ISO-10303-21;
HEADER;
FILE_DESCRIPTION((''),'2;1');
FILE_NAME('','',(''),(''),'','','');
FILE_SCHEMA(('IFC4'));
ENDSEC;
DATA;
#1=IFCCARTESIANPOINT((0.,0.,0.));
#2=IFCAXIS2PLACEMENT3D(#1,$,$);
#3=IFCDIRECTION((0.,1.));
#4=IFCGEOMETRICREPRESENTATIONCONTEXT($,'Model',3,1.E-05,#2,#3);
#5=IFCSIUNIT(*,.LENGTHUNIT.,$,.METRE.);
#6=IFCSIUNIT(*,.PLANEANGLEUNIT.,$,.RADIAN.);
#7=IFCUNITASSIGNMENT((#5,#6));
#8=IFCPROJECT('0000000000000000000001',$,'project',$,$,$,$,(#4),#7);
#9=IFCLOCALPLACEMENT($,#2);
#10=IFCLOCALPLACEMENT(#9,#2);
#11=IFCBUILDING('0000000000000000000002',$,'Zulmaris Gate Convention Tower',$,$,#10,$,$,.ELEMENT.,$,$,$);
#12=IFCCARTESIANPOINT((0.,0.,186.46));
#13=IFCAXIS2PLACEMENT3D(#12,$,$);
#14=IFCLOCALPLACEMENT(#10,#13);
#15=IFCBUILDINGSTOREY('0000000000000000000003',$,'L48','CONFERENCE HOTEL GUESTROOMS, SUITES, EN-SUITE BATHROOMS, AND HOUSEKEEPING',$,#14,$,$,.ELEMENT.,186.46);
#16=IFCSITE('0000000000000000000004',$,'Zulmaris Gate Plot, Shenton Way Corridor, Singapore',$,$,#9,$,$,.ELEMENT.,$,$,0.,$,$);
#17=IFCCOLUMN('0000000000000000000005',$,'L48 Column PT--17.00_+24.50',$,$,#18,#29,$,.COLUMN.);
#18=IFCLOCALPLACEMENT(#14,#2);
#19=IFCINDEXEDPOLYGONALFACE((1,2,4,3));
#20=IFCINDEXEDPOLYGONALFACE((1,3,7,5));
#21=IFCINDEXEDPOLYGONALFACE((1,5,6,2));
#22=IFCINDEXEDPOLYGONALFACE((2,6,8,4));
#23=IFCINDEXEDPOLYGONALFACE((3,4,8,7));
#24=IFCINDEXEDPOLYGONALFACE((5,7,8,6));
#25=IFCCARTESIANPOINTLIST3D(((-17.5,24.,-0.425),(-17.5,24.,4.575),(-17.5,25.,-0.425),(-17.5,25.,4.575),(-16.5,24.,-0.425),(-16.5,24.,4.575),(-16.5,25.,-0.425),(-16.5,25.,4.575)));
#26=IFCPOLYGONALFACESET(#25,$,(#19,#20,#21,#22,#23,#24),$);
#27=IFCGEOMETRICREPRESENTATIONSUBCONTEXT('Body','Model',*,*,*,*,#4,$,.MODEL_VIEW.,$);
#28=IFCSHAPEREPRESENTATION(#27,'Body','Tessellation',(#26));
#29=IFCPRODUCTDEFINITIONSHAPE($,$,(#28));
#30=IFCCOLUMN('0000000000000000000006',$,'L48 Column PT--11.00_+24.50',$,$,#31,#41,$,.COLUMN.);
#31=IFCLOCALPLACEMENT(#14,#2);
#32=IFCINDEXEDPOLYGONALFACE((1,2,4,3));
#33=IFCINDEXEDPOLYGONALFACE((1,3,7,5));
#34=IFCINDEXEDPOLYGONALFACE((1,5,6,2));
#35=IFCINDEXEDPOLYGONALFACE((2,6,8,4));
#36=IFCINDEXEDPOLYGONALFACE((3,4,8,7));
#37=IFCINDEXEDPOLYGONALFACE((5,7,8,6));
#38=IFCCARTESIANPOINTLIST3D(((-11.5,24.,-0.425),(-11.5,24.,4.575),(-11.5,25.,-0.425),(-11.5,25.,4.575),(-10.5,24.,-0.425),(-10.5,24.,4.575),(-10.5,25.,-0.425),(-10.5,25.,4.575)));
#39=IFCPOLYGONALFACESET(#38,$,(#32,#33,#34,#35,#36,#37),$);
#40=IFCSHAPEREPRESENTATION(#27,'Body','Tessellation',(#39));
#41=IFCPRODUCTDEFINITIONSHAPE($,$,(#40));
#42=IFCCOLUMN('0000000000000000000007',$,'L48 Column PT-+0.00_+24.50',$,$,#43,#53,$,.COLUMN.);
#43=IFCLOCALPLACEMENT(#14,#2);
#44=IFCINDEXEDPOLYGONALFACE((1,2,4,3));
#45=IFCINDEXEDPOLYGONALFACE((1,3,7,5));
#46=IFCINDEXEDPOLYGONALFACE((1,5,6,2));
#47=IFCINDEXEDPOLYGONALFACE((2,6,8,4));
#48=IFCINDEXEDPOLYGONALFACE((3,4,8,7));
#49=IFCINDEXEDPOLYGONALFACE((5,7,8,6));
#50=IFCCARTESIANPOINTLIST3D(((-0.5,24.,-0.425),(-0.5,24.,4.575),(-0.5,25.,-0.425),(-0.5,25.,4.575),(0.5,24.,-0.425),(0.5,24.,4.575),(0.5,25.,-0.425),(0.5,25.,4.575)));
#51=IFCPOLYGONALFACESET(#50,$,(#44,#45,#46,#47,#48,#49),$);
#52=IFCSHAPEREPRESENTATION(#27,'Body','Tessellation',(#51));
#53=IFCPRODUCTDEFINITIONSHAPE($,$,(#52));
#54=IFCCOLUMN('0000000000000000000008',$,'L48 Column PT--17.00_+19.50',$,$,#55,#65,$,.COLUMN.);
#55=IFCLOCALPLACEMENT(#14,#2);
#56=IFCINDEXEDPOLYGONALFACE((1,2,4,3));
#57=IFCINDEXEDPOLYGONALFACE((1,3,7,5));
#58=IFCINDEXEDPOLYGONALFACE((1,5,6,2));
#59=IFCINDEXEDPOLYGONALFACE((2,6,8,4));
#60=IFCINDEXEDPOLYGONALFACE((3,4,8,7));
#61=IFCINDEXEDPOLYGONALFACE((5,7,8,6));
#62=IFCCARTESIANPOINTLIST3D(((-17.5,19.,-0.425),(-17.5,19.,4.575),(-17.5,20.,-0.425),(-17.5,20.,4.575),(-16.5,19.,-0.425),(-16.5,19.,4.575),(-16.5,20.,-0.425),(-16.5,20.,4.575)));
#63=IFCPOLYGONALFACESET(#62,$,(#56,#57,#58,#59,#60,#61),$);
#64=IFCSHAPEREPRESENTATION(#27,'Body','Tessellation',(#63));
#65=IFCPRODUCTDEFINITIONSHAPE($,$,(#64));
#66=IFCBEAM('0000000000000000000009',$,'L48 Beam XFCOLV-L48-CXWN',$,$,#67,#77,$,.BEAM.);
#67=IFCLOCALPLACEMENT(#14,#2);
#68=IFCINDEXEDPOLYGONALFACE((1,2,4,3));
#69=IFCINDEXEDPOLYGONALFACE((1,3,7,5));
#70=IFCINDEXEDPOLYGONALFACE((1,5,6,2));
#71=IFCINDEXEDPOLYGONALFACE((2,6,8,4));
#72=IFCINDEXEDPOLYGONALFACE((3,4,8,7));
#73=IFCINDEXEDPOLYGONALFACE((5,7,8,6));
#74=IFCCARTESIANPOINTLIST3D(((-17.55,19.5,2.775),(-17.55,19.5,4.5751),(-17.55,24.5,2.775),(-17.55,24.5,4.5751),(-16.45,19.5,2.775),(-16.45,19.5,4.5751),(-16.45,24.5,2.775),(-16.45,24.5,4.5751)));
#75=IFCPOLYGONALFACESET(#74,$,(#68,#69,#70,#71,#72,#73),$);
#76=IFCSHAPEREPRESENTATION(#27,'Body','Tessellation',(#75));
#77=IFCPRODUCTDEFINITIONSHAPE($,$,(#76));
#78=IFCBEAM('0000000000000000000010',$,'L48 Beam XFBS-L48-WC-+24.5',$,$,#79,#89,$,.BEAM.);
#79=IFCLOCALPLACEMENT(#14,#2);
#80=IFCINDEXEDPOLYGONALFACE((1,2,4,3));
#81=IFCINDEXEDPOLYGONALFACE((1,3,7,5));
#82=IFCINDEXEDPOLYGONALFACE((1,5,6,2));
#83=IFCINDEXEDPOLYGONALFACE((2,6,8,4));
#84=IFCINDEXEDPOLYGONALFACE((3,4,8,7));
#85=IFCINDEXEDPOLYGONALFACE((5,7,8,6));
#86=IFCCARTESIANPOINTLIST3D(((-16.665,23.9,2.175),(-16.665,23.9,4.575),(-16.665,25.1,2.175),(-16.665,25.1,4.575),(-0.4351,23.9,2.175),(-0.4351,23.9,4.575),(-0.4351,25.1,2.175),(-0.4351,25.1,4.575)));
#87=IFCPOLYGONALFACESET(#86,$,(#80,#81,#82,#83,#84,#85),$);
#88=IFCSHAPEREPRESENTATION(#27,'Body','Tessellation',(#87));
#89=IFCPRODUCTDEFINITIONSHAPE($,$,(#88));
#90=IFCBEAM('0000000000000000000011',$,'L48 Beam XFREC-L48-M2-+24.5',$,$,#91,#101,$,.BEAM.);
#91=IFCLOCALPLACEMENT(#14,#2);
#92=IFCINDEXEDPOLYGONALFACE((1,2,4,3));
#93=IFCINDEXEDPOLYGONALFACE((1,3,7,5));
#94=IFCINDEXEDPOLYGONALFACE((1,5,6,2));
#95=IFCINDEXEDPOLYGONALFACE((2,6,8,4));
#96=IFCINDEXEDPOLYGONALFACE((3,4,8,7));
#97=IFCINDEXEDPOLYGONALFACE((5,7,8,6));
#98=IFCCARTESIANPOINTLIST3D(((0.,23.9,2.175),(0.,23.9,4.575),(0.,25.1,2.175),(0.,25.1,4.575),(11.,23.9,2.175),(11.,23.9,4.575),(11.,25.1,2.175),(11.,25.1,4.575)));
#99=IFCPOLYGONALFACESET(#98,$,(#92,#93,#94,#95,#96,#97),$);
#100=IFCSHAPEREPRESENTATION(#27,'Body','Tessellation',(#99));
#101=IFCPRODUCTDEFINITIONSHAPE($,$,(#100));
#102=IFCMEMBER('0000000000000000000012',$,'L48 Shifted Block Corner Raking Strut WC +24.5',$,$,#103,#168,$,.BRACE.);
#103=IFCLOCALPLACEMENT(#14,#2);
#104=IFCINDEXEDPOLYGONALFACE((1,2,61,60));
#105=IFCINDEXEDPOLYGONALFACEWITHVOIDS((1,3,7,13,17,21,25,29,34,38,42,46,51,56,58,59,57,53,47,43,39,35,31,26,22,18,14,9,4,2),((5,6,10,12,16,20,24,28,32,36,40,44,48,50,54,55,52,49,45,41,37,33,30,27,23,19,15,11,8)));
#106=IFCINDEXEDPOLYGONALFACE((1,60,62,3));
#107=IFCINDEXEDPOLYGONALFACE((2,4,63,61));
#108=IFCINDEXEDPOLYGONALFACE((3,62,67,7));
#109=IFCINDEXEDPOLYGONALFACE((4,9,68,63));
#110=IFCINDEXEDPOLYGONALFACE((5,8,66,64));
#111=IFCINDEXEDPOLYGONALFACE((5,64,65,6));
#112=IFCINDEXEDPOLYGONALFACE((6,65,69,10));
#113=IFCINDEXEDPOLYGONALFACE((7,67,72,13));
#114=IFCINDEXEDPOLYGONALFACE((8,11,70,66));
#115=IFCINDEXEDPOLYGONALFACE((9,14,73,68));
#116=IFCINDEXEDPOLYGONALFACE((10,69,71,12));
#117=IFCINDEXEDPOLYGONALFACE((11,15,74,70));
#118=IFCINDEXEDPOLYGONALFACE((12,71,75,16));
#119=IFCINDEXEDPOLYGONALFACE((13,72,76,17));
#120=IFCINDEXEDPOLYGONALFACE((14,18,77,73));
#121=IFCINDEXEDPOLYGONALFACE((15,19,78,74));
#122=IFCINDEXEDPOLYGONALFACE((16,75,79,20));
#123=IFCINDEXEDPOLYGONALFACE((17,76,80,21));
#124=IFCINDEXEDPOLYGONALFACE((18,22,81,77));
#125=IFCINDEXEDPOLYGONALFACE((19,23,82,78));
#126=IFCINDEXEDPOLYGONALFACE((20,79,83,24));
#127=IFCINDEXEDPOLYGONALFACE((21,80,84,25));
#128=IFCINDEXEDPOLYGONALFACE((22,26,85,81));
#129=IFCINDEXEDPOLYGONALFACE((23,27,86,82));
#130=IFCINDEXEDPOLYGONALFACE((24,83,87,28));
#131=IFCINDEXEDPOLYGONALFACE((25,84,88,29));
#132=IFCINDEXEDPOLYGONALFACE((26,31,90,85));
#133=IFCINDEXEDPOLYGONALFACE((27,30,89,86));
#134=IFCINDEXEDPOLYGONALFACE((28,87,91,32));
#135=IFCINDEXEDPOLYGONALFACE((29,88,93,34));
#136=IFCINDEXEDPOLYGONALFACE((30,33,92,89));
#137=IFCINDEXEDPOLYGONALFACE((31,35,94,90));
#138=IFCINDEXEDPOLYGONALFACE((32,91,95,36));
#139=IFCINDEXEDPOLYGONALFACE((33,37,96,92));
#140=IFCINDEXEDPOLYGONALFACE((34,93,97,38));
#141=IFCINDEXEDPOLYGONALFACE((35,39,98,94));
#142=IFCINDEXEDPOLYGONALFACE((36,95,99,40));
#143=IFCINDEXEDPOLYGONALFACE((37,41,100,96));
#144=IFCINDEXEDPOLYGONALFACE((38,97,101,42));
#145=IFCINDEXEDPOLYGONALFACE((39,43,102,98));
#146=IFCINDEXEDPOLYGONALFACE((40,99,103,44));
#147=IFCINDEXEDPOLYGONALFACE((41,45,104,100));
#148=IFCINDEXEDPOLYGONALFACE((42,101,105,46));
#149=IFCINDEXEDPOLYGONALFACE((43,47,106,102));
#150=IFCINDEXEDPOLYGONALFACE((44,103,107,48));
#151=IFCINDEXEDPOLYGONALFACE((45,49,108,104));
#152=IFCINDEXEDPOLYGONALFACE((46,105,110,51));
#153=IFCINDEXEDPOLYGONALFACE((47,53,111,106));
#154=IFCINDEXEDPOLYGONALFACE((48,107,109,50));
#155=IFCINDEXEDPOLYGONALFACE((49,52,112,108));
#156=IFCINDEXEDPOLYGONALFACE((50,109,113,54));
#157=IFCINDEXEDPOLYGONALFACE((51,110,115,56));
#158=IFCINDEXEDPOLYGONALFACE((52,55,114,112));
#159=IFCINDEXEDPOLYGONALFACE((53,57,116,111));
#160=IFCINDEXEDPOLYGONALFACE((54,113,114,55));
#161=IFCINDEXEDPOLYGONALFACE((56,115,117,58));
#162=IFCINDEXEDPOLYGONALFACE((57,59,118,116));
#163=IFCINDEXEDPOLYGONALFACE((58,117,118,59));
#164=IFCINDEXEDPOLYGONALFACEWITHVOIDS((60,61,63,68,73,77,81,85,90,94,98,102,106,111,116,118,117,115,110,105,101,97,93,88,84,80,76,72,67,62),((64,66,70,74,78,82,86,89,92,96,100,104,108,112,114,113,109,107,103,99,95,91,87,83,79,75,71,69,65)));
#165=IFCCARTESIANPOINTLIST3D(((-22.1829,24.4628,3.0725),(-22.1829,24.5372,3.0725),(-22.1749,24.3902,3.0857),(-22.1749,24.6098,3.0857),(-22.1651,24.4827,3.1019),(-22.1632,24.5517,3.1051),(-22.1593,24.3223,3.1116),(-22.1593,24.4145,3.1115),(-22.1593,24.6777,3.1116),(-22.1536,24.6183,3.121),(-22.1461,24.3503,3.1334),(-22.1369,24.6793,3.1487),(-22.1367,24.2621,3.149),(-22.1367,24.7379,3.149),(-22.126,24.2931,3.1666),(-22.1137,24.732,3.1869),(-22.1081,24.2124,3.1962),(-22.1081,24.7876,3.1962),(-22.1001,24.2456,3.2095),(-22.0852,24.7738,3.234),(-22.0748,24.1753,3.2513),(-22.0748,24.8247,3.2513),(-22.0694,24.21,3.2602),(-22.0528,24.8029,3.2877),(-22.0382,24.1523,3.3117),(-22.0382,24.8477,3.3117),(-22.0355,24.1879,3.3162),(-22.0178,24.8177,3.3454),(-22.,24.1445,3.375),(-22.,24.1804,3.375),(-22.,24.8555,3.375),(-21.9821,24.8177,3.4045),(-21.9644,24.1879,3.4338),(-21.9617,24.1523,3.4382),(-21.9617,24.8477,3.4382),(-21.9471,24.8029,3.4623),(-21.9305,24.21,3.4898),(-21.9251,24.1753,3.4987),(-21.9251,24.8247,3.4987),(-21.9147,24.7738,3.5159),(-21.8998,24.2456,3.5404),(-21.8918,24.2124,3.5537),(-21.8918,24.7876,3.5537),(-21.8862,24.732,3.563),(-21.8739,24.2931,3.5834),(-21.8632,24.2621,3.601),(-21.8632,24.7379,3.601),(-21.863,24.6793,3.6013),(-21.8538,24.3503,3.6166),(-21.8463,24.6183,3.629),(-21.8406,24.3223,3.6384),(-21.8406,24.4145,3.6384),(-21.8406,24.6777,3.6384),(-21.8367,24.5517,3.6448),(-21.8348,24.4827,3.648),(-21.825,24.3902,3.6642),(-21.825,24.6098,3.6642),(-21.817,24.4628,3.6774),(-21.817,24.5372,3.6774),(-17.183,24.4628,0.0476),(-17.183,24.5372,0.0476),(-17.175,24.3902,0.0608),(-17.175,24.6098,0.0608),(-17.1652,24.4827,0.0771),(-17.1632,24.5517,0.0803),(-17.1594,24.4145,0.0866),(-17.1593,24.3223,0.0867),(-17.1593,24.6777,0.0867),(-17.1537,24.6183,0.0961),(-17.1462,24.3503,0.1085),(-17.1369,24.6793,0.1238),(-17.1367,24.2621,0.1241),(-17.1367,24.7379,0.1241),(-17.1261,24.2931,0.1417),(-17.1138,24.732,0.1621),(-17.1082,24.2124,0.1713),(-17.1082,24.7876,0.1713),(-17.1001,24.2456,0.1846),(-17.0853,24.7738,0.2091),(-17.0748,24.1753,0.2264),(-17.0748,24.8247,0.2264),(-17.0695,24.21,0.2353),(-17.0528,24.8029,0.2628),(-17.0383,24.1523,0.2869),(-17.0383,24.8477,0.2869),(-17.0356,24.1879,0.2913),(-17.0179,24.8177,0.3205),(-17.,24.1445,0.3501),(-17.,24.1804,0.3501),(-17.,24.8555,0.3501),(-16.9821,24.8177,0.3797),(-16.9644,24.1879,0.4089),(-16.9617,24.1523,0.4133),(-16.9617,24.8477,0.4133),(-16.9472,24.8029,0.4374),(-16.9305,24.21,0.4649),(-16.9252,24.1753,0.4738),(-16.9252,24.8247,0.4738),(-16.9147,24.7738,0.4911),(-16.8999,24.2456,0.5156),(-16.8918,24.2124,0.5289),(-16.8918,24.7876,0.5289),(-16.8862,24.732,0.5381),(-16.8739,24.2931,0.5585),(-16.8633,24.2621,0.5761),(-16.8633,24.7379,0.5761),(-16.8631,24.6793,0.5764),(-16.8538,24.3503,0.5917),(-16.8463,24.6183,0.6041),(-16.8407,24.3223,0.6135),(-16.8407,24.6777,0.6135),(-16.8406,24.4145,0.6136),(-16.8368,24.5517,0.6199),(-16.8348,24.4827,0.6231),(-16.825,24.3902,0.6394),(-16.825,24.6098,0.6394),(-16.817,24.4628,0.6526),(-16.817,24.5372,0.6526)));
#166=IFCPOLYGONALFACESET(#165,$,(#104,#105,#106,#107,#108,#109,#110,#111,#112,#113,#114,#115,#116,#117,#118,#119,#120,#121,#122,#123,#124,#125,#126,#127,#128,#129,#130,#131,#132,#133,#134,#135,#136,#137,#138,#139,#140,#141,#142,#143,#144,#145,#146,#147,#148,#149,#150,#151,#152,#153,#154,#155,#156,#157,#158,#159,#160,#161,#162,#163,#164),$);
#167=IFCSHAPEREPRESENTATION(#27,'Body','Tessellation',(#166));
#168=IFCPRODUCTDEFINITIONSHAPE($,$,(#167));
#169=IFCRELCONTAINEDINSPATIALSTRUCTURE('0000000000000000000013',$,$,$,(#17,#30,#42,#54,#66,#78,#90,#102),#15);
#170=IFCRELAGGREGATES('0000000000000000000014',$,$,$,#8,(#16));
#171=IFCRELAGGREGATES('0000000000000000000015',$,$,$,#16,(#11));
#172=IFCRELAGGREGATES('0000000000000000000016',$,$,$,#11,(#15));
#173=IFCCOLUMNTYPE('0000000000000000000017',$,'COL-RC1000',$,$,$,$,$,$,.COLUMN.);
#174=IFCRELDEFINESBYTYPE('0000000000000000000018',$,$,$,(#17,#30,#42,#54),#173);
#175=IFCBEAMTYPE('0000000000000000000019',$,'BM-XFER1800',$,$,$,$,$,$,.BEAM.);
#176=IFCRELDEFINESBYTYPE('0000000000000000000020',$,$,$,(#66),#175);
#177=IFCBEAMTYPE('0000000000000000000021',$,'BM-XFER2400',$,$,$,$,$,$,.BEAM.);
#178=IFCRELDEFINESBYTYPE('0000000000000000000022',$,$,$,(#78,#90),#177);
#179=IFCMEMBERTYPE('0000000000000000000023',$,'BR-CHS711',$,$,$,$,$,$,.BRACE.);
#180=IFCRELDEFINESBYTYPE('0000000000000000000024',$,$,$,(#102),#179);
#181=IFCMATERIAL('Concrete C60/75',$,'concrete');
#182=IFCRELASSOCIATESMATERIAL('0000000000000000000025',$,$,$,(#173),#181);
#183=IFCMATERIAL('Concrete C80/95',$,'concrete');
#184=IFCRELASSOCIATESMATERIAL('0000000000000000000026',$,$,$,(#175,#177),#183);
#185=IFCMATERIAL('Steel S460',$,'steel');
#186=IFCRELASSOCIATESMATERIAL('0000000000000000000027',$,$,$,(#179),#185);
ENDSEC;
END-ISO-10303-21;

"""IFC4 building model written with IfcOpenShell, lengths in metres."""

from ifc_helpers import new_model, si_unit, direction, frame, origin, origin_2d, place, context, subcontext, project, spatial, rectangle, hollow_circle, extrude, material, material_profile, profile_set, type_object, element, save


model = new_model("IFC4")

# Units and contexts
model_context = context("Model", 3, precision=1e-05, world=origin(), true_north=direction((0.0, 1.0)))
body_context = subcontext(model_context, "Body", "Model", "MODEL_VIEW")
ifc_project = project(units=[si_unit("LENGTHUNIT", "METRE"), si_unit("PLANEANGLEUNIT", "RADIAN")], contexts=[model_context])

# Site, building, storey
site_placement = place(None, origin())
site = spatial("IfcSite", under=ifc_project, at=site_placement, Name="Zulmaris Gate Plot, Shenton Way Corridor, Singapore", CompositionType="ELEMENT", RefElevation=0.0)
building_placement = place(site_placement, origin())
building = spatial("IfcBuilding", under=site, at=building_placement, Name="Zulmaris Gate Convention Tower", CompositionType="ELEMENT")
storey_placement = place(building_placement, frame((0.0, 0.0, 186.46)))
storey = spatial("IfcBuildingStorey", under=building, at=storey_placement, Name="L48", Description="CONFERENCE HOTEL GUESTROOMS, SUITES, EN-SUITE BATHROOMS, AND HOUSEKEEPING", CompositionType="ELEMENT", Elevation=186.46)

# Columns
ifc_material_1 = material(Name="Concrete C60/75", Category="concrete")
ifc_material_profile_1 = material_profile(ifc_material_1, rectangle(XDim=1.0, YDim=1.0, at=origin_2d()), Name="RC COL 1000x1000")
ifc_profile_set_1 = profile_set([ifc_material_profile_1], Name="Concrete C60/75")
column_type = type_object("IfcColumnType", Name="COL-RC1000", PredefinedType="COLUMN", material=ifc_profile_set_1)
for number, where, z_axis, x_axis, name in (
    (1, (-17.0, 24.5, -0.425), (0.0, 0.0, 1.0), (1.0, 0.0, 0.0), "L48 Column PT--17.00_+24.50"),
    (2, (-11.0, 24.5, -0.425), (0.0, 0.0, 1.0), (1.0, 0.0, 0.0), "L48 Column PT--11.00_+24.50"),
    (3, (0.0, 24.5, -0.425), (0.0, 0.0, 1.0), (1.0, 0.0, 0.0), "L48 Column PT-+0.00_+24.50"),
    (4, (-17.0, 19.5, -0.425), (0.0, 0.0, 1.0), (1.0, 0.0, 0.0), "L48 Column PT--17.00_+19.50"),
):
    element("IfcColumn", number, at=place(storey_placement, frame(where, z_axis=z_axis, x_axis=x_axis)), inside=storey, type_object=column_type, Name=name, PredefinedType="COLUMN", context=body_context, shape_type="SweptSolid", body=[
        extrude(rectangle(XDim=1.0, YDim=1.0, at=origin_2d()), origin(), (0.0, 0.0, 1.0), 5.0),
    ])

# Beams
ifc_material_2 = material(Name="Concrete C80/95", Category="concrete")
ifc_material_profile_2 = material_profile(ifc_material_2, rectangle(XDim=1.1001, YDim=1.8, at=origin_2d()), Name="RC TRANSFER 1100x1800")
ifc_profile_set_2 = profile_set([ifc_material_profile_2], Name="Concrete C80/95")
beam_type_1 = type_object("IfcBeamType", Name="BM-XFER1800", PredefinedType="BEAM", material=ifc_profile_set_2)
beam_1_placement = place(storey_placement, frame((-17.0, 19.5, 3.675), z_axis=(0.0, 1.0, 0.0), x_axis=(-1.0, 0.0, 0.0)))
element("IfcBeam", 5, at=beam_1_placement, inside=storey, type_object=beam_type_1, Name="L48 Beam XFCOLV-L48-CXWN", PredefinedType="BEAM", context=body_context, shape_type="SweptSolid", body=[
    extrude(rectangle(XDim=1.1001, YDim=1.8, at=origin_2d()), origin(), (0.0, 0.0, 1.0), 5.0),
])
ifc_material_profile_3 = material_profile(ifc_material_2, rectangle(XDim=1.2, YDim=2.3999, at=origin_2d()), Name="RC TRANSFER 1200x2400")
ifc_profile_set_3 = profile_set([ifc_material_profile_3], Name="Concrete C80/95")
beam_type_2 = type_object("IfcBeamType", Name="BM-XFER2400", PredefinedType="BEAM", material=ifc_profile_set_3)
beam_2_placement = place(storey_placement, frame((-16.665, 24.5, 3.375), z_axis=(1.0, 0.0, 0.0), x_axis=(0.0, 1.0, 0.0)))
element("IfcBeam", 6, at=beam_2_placement, inside=storey, type_object=beam_type_2, Name="L48 Beam XFBS-L48-WC-+24.5", PredefinedType="BEAM", context=body_context, shape_type="SweptSolid", body=[
    extrude(rectangle(XDim=1.2, YDim=2.3999, at=origin_2d()), origin(), (0.0, 0.0, 1.0), 16.23),
])
beam_3_placement = place(storey_placement, frame((0.0, 24.5, 3.375), z_axis=(1.0, 0.0, 0.0), x_axis=(0.0, 1.0, 0.0)))
element("IfcBeam", 7, at=beam_3_placement, inside=storey, type_object=beam_type_2, Name="L48 Beam XFREC-L48-M2-+24.5", PredefinedType="BEAM", context=body_context, shape_type="SweptSolid", body=[
    extrude(rectangle(XDim=1.2, YDim=2.3999, at=origin_2d()), origin(), (0.0, 0.0, 1.0), 11.0),
])

# Member
ifc_material_3 = material(Name="Steel S460", Category="steel")
ifc_material_profile_4 = material_profile(ifc_material_3, hollow_circle(Radius=0.3555, WallThickness=0.0359, at=origin_2d()), Name="CHS 711x36")
ifc_profile_set_4 = profile_set([ifc_material_profile_4], Name="Steel S460")
member_type = type_object("IfcMemberType", Name="BR-CHS711", PredefinedType="BRACE", material=ifc_profile_set_4)
member_placement = place(storey_placement, frame((-17.0, 24.5, 0.3501), z_axis=(-0.855607, 0.0, 0.517626), x_axis=(0.0, -1.0, 0.0)))
element("IfcMember", 8, at=member_placement, inside=storey, type_object=member_type, Name="L48 Shifted Block Corner Raking Strut WC +24.5", PredefinedType="BRACE", context=body_context, shape_type="SweptSolid", body=[
    extrude(hollow_circle(Radius=0.3555, WallThickness=0.0359, at=origin_2d()), origin(), (0.0, 0.0, 1.0), 5.8438),
])

save(model, "model.ifc")
